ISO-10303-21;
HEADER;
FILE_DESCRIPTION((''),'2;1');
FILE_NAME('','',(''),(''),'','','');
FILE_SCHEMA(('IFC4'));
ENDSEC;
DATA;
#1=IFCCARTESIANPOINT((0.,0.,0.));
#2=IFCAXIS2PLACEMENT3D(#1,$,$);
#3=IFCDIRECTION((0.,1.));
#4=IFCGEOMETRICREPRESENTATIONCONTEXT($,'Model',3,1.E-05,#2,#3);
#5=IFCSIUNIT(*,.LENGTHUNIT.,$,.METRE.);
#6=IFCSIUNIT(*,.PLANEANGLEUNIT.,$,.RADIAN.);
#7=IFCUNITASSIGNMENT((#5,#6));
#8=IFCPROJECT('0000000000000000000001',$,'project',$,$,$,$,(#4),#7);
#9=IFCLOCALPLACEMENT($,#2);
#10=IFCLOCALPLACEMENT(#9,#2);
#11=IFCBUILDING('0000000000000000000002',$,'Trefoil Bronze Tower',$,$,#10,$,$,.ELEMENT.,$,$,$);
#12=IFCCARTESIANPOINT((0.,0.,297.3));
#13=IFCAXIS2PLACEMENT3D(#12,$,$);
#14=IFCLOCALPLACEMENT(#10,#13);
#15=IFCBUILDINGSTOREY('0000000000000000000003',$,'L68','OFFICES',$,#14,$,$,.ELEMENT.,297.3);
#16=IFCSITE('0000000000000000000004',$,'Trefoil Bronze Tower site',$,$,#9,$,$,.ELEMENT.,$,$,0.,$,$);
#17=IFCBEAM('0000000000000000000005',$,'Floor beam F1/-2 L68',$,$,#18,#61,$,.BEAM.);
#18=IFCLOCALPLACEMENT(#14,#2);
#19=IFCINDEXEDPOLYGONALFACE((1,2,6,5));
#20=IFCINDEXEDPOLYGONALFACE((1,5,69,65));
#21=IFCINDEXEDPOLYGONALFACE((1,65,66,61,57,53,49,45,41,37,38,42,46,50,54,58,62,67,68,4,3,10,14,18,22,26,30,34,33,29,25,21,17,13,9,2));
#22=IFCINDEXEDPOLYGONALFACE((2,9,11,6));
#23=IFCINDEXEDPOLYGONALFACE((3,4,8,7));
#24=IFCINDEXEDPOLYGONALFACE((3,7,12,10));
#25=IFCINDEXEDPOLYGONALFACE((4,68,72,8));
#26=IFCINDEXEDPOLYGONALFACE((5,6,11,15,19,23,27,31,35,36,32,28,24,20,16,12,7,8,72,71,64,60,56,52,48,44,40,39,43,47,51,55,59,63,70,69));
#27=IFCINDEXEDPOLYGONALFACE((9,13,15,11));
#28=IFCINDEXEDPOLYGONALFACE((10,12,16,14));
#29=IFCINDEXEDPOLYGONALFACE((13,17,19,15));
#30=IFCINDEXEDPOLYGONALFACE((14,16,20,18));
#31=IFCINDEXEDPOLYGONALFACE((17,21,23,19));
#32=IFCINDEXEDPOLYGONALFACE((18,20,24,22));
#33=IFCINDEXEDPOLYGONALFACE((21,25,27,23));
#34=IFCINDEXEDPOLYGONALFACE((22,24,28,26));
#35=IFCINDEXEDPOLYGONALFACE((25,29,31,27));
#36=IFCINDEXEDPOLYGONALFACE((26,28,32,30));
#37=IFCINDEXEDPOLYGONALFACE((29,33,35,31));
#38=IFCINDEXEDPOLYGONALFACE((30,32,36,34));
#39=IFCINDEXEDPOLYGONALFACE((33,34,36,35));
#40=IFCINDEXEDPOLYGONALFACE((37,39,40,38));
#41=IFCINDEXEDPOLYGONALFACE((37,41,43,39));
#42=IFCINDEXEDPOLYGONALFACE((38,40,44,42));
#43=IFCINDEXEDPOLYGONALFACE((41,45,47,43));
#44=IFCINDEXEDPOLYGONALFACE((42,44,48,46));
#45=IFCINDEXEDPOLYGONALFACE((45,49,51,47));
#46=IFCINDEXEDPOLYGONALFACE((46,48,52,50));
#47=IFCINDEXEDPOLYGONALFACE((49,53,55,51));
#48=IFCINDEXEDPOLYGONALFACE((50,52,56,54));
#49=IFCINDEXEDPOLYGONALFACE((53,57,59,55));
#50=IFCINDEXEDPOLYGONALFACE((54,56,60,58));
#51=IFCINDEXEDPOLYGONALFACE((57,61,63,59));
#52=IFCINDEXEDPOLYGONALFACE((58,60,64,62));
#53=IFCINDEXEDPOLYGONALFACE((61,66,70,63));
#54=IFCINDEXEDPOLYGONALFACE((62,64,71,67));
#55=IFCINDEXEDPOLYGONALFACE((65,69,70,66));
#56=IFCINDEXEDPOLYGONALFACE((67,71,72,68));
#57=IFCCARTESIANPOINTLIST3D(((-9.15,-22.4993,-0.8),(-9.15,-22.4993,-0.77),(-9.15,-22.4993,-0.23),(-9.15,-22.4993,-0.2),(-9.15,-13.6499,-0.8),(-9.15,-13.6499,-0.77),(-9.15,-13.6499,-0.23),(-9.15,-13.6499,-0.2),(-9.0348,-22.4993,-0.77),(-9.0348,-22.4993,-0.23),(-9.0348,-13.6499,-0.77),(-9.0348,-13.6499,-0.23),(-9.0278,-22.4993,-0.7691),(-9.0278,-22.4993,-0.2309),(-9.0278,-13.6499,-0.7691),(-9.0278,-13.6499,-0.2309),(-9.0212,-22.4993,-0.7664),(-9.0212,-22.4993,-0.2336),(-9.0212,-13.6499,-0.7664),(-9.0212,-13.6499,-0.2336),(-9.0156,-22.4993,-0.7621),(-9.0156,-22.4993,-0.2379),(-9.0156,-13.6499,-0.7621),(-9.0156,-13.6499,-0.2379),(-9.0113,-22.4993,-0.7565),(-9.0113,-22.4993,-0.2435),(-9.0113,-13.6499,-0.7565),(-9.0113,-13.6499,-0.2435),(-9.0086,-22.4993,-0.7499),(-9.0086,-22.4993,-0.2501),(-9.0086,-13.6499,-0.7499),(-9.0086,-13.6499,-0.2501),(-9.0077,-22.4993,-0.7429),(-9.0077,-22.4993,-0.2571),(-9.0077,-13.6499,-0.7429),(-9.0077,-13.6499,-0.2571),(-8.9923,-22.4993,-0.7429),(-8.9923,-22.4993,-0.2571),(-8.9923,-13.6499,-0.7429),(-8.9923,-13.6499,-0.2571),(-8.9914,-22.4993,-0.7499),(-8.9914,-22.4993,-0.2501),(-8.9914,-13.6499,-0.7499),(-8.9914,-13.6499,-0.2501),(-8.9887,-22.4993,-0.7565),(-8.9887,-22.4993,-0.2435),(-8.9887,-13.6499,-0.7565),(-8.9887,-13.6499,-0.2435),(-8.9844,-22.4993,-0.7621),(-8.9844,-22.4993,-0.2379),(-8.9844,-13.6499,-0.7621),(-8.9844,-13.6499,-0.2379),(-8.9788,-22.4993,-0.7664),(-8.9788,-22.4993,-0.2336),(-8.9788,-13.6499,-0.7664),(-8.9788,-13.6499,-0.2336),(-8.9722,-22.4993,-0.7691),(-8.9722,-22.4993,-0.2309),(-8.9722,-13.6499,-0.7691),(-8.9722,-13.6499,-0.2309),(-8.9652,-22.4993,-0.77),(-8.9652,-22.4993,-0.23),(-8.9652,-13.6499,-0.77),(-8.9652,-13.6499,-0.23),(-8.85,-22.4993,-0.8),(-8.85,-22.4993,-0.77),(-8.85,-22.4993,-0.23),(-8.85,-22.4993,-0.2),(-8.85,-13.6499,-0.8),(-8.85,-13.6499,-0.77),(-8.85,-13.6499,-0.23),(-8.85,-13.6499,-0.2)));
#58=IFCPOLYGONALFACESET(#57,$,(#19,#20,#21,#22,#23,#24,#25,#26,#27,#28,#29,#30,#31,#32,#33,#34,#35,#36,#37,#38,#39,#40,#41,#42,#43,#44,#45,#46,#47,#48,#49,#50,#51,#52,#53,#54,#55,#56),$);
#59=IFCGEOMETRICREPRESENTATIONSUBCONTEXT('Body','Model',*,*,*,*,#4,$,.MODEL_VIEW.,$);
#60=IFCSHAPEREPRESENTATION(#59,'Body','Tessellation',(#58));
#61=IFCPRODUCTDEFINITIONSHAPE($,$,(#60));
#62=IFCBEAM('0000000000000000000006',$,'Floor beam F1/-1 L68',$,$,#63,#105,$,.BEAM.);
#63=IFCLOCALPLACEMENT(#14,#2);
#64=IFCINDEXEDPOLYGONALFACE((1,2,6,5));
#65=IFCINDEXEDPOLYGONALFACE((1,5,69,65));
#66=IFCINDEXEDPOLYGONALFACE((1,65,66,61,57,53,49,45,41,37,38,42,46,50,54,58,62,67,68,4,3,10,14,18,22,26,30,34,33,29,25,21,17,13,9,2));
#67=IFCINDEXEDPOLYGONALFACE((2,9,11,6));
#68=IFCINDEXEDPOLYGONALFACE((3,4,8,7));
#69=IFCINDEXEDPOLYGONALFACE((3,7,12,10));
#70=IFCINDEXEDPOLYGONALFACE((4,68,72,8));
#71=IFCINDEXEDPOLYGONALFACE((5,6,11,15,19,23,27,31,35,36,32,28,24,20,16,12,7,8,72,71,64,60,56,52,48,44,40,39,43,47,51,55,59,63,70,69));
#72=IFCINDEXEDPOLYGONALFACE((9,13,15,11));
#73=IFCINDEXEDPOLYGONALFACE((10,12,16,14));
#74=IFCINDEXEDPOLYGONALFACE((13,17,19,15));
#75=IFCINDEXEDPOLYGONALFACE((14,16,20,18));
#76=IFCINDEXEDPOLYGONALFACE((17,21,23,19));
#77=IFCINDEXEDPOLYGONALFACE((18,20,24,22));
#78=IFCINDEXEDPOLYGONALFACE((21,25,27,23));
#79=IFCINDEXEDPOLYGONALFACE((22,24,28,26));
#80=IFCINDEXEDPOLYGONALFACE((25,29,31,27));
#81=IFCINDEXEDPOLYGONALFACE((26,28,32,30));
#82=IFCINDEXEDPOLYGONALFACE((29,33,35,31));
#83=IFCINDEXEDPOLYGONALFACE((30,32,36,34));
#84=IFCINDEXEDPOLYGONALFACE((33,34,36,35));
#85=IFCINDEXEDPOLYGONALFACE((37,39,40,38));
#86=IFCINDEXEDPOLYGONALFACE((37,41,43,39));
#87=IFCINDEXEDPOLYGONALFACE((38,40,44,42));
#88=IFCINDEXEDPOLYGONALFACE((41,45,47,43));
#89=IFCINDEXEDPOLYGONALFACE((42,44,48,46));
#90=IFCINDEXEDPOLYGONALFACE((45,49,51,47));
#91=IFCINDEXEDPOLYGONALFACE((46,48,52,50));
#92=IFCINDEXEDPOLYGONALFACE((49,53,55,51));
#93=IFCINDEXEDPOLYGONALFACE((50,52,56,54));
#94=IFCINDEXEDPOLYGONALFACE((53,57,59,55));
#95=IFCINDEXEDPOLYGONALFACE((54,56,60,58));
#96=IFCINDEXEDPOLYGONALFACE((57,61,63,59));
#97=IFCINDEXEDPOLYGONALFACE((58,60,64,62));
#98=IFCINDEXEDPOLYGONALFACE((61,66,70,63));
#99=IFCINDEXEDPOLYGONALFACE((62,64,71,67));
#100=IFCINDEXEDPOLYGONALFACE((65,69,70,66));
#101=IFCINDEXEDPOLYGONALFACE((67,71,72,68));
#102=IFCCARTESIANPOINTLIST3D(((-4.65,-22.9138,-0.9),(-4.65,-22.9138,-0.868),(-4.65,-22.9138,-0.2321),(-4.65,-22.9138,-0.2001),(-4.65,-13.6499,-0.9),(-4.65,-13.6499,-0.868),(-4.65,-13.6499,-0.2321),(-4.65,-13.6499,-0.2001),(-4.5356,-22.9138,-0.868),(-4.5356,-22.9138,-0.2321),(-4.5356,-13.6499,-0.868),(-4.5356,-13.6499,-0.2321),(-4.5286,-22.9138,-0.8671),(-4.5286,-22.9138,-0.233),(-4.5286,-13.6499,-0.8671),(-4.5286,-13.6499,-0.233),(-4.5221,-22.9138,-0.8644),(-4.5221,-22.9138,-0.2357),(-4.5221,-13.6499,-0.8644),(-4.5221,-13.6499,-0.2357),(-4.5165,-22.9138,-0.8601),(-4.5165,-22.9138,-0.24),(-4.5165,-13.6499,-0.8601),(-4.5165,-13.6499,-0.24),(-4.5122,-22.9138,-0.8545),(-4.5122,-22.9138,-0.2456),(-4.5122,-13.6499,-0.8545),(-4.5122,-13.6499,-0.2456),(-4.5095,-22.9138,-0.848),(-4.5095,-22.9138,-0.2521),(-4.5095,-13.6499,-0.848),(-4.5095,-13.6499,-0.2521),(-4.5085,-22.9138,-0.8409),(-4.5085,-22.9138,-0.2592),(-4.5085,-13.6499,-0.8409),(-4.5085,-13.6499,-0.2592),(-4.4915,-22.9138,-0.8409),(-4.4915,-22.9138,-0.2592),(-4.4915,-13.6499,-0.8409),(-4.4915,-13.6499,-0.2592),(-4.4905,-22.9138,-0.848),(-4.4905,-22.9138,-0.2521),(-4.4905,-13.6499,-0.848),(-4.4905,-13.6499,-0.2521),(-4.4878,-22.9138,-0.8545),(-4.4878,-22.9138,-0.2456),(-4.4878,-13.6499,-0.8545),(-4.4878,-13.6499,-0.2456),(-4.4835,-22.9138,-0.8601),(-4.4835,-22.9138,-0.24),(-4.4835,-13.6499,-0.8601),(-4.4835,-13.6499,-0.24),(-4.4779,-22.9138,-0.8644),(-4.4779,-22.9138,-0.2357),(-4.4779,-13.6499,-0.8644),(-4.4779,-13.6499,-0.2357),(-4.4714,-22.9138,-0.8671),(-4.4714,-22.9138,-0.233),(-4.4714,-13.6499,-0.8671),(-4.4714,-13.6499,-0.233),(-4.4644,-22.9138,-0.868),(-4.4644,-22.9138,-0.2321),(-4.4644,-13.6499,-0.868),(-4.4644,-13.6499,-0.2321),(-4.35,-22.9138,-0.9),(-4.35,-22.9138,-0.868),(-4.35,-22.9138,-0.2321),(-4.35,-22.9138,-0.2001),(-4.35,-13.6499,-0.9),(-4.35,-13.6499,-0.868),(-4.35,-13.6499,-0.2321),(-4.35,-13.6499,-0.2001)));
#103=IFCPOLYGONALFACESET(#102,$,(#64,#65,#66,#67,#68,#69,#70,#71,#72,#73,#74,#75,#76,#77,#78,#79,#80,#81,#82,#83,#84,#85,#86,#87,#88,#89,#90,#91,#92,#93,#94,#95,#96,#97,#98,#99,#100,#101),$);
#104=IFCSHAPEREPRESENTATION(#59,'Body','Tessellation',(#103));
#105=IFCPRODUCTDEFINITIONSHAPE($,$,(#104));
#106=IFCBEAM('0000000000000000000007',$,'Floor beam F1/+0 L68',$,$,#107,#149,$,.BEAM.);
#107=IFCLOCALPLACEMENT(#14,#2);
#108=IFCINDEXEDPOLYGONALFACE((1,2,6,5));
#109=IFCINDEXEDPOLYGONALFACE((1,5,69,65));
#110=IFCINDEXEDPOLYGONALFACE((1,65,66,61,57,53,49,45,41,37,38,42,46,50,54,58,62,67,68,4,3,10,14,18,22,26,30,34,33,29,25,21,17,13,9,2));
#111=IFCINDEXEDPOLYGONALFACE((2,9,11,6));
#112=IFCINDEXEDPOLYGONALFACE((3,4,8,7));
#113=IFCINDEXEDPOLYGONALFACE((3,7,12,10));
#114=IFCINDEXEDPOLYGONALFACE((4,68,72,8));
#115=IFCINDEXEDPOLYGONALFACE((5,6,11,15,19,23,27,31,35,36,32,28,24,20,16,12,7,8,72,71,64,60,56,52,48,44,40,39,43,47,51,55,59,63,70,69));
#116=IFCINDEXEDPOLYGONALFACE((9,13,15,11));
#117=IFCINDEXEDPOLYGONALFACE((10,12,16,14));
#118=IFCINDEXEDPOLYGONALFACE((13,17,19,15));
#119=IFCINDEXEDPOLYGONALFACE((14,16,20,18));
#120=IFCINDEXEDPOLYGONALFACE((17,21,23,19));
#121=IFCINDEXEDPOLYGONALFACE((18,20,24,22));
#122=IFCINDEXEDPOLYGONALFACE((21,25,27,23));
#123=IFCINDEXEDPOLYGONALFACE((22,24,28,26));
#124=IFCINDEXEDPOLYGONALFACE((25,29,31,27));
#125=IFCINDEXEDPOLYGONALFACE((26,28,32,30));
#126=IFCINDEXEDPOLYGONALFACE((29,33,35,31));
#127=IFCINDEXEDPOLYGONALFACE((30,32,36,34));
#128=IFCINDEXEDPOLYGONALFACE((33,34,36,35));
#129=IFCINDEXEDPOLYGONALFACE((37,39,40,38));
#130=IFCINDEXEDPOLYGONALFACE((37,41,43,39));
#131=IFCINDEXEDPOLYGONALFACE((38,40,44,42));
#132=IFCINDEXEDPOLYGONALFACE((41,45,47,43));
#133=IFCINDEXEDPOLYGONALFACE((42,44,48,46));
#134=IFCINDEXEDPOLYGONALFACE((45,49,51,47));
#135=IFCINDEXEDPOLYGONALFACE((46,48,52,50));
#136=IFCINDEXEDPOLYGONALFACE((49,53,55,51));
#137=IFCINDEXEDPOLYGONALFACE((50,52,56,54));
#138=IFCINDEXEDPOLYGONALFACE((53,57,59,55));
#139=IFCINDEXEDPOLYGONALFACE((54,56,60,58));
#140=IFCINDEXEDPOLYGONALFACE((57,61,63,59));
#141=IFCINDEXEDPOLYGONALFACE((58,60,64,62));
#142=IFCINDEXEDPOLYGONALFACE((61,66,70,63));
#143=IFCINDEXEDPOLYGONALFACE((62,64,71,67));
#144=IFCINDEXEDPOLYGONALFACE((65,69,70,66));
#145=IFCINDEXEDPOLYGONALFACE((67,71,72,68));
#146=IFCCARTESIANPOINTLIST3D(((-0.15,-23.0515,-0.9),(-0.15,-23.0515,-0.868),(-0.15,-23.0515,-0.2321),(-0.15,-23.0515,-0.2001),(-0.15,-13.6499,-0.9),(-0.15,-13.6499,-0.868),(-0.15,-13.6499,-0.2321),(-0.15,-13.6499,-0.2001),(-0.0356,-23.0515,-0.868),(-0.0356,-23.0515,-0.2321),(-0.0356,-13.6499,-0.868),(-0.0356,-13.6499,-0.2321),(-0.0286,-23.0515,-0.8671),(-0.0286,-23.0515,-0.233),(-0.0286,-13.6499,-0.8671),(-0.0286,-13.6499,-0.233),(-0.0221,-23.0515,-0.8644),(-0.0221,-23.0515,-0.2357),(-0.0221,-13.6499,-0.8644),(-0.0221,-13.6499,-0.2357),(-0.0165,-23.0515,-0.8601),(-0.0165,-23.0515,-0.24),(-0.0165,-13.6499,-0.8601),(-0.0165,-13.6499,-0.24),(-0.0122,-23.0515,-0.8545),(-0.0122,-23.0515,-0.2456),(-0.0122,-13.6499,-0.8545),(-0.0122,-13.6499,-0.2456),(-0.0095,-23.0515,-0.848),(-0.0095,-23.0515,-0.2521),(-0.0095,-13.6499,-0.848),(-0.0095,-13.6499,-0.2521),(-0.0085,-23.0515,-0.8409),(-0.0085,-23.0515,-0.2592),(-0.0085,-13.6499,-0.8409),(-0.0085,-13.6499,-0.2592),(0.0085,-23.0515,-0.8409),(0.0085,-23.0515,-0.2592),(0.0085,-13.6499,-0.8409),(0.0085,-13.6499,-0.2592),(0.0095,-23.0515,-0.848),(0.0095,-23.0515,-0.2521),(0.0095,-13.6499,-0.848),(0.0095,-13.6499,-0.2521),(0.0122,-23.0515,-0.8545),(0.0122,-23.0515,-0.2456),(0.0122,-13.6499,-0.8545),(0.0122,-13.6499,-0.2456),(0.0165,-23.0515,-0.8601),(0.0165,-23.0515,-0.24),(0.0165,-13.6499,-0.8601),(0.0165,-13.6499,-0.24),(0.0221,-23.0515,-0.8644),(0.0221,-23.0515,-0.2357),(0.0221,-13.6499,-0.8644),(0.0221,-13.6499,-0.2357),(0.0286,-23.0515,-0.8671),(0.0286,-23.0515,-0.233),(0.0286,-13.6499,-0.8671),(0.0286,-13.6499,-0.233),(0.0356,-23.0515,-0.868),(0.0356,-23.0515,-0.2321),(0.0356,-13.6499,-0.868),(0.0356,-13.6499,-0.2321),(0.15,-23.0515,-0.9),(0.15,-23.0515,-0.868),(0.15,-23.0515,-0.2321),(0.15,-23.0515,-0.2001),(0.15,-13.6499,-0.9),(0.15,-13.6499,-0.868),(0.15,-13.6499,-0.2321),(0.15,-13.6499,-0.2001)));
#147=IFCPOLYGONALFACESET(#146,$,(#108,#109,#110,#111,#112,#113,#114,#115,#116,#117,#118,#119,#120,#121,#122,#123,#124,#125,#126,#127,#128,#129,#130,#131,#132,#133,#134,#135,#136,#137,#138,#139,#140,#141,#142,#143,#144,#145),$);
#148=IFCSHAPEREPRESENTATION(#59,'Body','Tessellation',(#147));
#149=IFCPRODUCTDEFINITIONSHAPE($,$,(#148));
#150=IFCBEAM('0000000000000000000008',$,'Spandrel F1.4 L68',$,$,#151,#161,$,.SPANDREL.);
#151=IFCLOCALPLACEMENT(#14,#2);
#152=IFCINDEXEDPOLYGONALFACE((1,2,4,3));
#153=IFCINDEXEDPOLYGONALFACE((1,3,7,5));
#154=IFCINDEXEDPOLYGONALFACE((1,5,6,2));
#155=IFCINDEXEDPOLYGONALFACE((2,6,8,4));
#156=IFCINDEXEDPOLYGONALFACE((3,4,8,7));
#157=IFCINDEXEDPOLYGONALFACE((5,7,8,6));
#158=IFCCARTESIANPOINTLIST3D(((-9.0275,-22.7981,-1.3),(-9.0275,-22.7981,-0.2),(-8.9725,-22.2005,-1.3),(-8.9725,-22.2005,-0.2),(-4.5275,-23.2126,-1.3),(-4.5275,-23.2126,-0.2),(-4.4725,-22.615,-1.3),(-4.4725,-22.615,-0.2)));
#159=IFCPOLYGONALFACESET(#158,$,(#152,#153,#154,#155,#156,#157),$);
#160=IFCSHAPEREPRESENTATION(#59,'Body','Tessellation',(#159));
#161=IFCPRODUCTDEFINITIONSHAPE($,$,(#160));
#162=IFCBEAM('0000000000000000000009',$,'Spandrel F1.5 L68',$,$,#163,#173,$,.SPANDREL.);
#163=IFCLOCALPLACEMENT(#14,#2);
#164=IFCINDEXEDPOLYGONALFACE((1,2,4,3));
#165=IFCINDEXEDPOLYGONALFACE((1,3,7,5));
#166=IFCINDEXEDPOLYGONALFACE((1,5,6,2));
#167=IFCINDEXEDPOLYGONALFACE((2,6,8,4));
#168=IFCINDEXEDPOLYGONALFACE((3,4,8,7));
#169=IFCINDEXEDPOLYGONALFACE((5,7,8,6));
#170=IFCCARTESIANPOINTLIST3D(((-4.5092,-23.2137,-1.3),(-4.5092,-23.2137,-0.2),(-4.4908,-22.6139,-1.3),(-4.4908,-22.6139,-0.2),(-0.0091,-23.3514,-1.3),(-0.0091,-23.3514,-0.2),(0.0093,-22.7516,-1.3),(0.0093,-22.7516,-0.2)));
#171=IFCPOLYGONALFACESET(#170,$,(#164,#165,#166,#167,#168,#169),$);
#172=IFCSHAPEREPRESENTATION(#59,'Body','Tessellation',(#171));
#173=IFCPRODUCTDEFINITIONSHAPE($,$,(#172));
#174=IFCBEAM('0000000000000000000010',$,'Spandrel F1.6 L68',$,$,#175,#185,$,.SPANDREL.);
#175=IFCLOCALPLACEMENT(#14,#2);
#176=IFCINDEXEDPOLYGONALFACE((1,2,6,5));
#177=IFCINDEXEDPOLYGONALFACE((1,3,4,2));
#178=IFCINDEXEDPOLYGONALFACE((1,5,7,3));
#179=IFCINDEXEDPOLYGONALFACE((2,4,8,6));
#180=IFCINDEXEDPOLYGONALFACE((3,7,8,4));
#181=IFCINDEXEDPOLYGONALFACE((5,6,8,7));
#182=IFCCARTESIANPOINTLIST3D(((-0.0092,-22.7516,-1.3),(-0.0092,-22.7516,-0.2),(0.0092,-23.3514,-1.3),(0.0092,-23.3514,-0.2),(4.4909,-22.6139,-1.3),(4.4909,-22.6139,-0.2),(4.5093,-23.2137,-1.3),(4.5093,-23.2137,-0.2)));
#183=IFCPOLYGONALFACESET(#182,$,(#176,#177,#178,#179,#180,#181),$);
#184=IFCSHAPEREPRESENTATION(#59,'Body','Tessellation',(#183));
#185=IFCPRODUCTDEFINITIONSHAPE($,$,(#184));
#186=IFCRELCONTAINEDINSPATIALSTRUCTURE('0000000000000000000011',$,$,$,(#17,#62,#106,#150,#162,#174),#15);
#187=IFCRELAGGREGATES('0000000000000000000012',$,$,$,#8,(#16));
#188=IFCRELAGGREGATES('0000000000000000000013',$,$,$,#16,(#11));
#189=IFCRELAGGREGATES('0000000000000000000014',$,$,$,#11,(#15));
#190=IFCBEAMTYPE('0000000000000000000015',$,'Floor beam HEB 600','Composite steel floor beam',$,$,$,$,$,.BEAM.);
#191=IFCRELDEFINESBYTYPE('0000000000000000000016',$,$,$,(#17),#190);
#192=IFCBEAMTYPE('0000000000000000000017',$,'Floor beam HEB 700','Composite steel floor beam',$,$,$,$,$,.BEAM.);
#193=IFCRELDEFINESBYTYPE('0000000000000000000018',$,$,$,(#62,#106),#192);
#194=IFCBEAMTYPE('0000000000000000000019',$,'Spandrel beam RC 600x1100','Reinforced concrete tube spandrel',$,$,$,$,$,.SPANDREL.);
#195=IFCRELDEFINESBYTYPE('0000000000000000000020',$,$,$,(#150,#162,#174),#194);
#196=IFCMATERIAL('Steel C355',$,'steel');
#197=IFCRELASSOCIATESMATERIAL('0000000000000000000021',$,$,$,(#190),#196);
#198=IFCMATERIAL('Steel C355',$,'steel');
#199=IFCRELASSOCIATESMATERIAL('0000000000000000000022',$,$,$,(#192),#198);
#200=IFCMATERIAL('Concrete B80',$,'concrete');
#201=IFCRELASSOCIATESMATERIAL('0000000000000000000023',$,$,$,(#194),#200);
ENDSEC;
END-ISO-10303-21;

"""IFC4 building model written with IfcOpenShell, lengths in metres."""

from ifc_helpers import new_model, si_unit, direction, frame, origin, origin_2d, place, context, subcontext, project, spatial, rectangle, i_section, extrude, material, material_profile, profile_set, type_object, element, save


model = new_model("IFC4")

# Units and contexts
model_context = context("Model", 3, precision=1e-05, world=origin(), true_north=direction((0.0, 1.0)))
body_context = subcontext(model_context, "Body", "Model", "MODEL_VIEW")
ifc_project = project(units=[si_unit("LENGTHUNIT", "METRE"), si_unit("PLANEANGLEUNIT", "RADIAN")], contexts=[model_context])

# Site, building, storey
site_placement = place(None, origin())
site = spatial("IfcSite", under=ifc_project, at=site_placement, Name="Trefoil Bronze Tower site", CompositionType="ELEMENT", RefElevation=0.0)
building_placement = place(site_placement, origin())
building = spatial("IfcBuilding", under=site, at=building_placement, Name="Trefoil Bronze Tower", CompositionType="ELEMENT")
storey_placement = place(building_placement, frame((0.0, 0.0, 297.3)))
storey = spatial("IfcBuildingStorey", under=building, at=storey_placement, Name="L68", Description="OFFICES", CompositionType="ELEMENT", Elevation=297.3)

# Beams
ifc_material_1 = material(Name="Steel C355", Category="steel")
ifc_material_profile_1 = material_profile(ifc_material_1, i_section(OverallWidth=0.3, OverallDepth=0.6001, WebThickness=0.0154, FlangeThickness=0.03, FilletRadius=0.0271, at=origin_2d()), Name="HEB 600")
ifc_profile_set_1 = profile_set([ifc_material_profile_1], Name="Steel C355")
beam_type_1 = type_object("IfcBeamType", Name="Floor beam HEB 600", Description="Composite steel floor beam", PredefinedType="BEAM", material=ifc_profile_set_1)
beam_1_placement = place(storey_placement, frame((-9.0, -22.4993, -0.5), z_axis=(0.0, 1.0, 0.0), x_axis=(-1.0, 0.0, 0.0)))
element("IfcBeam", 1, at=beam_1_placement, inside=storey, type_object=beam_type_1, Name="Floor beam F1/-2 L68", PredefinedType="BEAM", context=body_context, shape_type="SweptSolid", body=[
    extrude(i_section(OverallWidth=0.3, OverallDepth=0.6001, WebThickness=0.0154, FlangeThickness=0.03, FilletRadius=0.0271, at=origin_2d()), origin(), (0.0, 0.0, 1.0), 8.8494),
])
ifc_material_2 = material(Name="Steel C355", Category="steel")
ifc_material_profile_2 = material_profile(ifc_material_2, i_section(OverallWidth=0.3, OverallDepth=0.7, WebThickness=0.0171, FlangeThickness=0.032, FilletRadius=0.0271, at=origin_2d()), Name="HEB 700")
ifc_profile_set_2 = profile_set([ifc_material_profile_2], Name="Steel C355")
beam_type_2 = type_object("IfcBeamType", Name="Floor beam HEB 700", Description="Composite steel floor beam", PredefinedType="BEAM", material=ifc_profile_set_2)
beam_2_placement = place(storey_placement, frame((-4.5, -22.9138, -0.55), z_axis=(0.0, 1.0, 0.0), x_axis=(-1.0, 0.0, 0.0)))
element("IfcBeam", 2, at=beam_2_placement, inside=storey, type_object=beam_type_2, Name="Floor beam F1/-1 L68", PredefinedType="BEAM", context=body_context, shape_type="SweptSolid", body=[
    extrude(i_section(OverallWidth=0.3, OverallDepth=0.7, WebThickness=0.0171, FlangeThickness=0.032, FilletRadius=0.0271, at=origin_2d()), origin(), (0.0, 0.0, 1.0), 9.2639),
])
beam_3_placement = place(storey_placement, frame((0.0, -23.0515, -0.55), z_axis=(0.0, 1.0, 0.0), x_axis=(-1.0, 0.0, 0.0)))
element("IfcBeam", 3, at=beam_3_placement, inside=storey, type_object=beam_type_2, Name="Floor beam F1/+0 L68", PredefinedType="BEAM", context=body_context, shape_type="SweptSolid", body=[
    extrude(i_section(OverallWidth=0.3, OverallDepth=0.7, WebThickness=0.0171, FlangeThickness=0.032, FilletRadius=0.0271, at=origin_2d()), origin(), (0.0, 0.0, 1.0), 9.4016),
])
ifc_material_3 = material(Name="Concrete B80", Category="concrete")
ifc_material_profile_3 = material_profile(ifc_material_3, rectangle(XDim=0.6001, YDim=1.1001, at=origin_2d()), Name="RC 600x1100")
ifc_profile_set_3 = profile_set([ifc_material_profile_3], Name="Concrete B80")
beam_type_3 = type_object("IfcBeamType", Name="Spandrel beam RC 600x1100", Description="Reinforced concrete tube spandrel", PredefinedType="SPANDREL", material=ifc_profile_set_3)
beam_4_placement = place(storey_placement, frame((-9.0, -22.4993, -0.75), z_axis=(0.995784, -0.091734, 0.0), x_axis=(0.091734, 0.995784, 0.0)))
element("IfcBeam", 4, at=beam_4_placement, inside=storey, type_object=beam_type_3, Name="Spandrel F1.4 L68", PredefinedType="SPANDREL", context=body_context, shape_type="SweptSolid", body=[
    extrude(rectangle(XDim=0.6001, YDim=1.1001, at=origin_2d()), origin(), (0.0, 0.0, 1.0), 4.519),
])
for number, where, z_axis, x_axis, name in (
    (5, (-4.5, -22.9138, -0.75), (0.999532, -0.030585, 0.0), (0.030585, 0.999532, 0.0), "Spandrel F1.5 L68"),
    (6, (0.0, -23.0515, -0.75), (0.999532, 0.030585, 0.0), (-0.030585, 0.999532, 0.0), "Spandrel F1.6 L68"),
):
    element("IfcBeam", number, at=place(storey_placement, frame(where, z_axis=z_axis, x_axis=x_axis)), inside=storey, type_object=beam_type_3, Name=name, PredefinedType="SPANDREL", context=body_context, shape_type="SweptSolid", body=[
        extrude(rectangle(XDim=0.6001, YDim=1.1001, at=origin_2d()), origin(), (0.0, 0.0, 1.0), 4.5022),
    ])

save(model, "model.ifc")
